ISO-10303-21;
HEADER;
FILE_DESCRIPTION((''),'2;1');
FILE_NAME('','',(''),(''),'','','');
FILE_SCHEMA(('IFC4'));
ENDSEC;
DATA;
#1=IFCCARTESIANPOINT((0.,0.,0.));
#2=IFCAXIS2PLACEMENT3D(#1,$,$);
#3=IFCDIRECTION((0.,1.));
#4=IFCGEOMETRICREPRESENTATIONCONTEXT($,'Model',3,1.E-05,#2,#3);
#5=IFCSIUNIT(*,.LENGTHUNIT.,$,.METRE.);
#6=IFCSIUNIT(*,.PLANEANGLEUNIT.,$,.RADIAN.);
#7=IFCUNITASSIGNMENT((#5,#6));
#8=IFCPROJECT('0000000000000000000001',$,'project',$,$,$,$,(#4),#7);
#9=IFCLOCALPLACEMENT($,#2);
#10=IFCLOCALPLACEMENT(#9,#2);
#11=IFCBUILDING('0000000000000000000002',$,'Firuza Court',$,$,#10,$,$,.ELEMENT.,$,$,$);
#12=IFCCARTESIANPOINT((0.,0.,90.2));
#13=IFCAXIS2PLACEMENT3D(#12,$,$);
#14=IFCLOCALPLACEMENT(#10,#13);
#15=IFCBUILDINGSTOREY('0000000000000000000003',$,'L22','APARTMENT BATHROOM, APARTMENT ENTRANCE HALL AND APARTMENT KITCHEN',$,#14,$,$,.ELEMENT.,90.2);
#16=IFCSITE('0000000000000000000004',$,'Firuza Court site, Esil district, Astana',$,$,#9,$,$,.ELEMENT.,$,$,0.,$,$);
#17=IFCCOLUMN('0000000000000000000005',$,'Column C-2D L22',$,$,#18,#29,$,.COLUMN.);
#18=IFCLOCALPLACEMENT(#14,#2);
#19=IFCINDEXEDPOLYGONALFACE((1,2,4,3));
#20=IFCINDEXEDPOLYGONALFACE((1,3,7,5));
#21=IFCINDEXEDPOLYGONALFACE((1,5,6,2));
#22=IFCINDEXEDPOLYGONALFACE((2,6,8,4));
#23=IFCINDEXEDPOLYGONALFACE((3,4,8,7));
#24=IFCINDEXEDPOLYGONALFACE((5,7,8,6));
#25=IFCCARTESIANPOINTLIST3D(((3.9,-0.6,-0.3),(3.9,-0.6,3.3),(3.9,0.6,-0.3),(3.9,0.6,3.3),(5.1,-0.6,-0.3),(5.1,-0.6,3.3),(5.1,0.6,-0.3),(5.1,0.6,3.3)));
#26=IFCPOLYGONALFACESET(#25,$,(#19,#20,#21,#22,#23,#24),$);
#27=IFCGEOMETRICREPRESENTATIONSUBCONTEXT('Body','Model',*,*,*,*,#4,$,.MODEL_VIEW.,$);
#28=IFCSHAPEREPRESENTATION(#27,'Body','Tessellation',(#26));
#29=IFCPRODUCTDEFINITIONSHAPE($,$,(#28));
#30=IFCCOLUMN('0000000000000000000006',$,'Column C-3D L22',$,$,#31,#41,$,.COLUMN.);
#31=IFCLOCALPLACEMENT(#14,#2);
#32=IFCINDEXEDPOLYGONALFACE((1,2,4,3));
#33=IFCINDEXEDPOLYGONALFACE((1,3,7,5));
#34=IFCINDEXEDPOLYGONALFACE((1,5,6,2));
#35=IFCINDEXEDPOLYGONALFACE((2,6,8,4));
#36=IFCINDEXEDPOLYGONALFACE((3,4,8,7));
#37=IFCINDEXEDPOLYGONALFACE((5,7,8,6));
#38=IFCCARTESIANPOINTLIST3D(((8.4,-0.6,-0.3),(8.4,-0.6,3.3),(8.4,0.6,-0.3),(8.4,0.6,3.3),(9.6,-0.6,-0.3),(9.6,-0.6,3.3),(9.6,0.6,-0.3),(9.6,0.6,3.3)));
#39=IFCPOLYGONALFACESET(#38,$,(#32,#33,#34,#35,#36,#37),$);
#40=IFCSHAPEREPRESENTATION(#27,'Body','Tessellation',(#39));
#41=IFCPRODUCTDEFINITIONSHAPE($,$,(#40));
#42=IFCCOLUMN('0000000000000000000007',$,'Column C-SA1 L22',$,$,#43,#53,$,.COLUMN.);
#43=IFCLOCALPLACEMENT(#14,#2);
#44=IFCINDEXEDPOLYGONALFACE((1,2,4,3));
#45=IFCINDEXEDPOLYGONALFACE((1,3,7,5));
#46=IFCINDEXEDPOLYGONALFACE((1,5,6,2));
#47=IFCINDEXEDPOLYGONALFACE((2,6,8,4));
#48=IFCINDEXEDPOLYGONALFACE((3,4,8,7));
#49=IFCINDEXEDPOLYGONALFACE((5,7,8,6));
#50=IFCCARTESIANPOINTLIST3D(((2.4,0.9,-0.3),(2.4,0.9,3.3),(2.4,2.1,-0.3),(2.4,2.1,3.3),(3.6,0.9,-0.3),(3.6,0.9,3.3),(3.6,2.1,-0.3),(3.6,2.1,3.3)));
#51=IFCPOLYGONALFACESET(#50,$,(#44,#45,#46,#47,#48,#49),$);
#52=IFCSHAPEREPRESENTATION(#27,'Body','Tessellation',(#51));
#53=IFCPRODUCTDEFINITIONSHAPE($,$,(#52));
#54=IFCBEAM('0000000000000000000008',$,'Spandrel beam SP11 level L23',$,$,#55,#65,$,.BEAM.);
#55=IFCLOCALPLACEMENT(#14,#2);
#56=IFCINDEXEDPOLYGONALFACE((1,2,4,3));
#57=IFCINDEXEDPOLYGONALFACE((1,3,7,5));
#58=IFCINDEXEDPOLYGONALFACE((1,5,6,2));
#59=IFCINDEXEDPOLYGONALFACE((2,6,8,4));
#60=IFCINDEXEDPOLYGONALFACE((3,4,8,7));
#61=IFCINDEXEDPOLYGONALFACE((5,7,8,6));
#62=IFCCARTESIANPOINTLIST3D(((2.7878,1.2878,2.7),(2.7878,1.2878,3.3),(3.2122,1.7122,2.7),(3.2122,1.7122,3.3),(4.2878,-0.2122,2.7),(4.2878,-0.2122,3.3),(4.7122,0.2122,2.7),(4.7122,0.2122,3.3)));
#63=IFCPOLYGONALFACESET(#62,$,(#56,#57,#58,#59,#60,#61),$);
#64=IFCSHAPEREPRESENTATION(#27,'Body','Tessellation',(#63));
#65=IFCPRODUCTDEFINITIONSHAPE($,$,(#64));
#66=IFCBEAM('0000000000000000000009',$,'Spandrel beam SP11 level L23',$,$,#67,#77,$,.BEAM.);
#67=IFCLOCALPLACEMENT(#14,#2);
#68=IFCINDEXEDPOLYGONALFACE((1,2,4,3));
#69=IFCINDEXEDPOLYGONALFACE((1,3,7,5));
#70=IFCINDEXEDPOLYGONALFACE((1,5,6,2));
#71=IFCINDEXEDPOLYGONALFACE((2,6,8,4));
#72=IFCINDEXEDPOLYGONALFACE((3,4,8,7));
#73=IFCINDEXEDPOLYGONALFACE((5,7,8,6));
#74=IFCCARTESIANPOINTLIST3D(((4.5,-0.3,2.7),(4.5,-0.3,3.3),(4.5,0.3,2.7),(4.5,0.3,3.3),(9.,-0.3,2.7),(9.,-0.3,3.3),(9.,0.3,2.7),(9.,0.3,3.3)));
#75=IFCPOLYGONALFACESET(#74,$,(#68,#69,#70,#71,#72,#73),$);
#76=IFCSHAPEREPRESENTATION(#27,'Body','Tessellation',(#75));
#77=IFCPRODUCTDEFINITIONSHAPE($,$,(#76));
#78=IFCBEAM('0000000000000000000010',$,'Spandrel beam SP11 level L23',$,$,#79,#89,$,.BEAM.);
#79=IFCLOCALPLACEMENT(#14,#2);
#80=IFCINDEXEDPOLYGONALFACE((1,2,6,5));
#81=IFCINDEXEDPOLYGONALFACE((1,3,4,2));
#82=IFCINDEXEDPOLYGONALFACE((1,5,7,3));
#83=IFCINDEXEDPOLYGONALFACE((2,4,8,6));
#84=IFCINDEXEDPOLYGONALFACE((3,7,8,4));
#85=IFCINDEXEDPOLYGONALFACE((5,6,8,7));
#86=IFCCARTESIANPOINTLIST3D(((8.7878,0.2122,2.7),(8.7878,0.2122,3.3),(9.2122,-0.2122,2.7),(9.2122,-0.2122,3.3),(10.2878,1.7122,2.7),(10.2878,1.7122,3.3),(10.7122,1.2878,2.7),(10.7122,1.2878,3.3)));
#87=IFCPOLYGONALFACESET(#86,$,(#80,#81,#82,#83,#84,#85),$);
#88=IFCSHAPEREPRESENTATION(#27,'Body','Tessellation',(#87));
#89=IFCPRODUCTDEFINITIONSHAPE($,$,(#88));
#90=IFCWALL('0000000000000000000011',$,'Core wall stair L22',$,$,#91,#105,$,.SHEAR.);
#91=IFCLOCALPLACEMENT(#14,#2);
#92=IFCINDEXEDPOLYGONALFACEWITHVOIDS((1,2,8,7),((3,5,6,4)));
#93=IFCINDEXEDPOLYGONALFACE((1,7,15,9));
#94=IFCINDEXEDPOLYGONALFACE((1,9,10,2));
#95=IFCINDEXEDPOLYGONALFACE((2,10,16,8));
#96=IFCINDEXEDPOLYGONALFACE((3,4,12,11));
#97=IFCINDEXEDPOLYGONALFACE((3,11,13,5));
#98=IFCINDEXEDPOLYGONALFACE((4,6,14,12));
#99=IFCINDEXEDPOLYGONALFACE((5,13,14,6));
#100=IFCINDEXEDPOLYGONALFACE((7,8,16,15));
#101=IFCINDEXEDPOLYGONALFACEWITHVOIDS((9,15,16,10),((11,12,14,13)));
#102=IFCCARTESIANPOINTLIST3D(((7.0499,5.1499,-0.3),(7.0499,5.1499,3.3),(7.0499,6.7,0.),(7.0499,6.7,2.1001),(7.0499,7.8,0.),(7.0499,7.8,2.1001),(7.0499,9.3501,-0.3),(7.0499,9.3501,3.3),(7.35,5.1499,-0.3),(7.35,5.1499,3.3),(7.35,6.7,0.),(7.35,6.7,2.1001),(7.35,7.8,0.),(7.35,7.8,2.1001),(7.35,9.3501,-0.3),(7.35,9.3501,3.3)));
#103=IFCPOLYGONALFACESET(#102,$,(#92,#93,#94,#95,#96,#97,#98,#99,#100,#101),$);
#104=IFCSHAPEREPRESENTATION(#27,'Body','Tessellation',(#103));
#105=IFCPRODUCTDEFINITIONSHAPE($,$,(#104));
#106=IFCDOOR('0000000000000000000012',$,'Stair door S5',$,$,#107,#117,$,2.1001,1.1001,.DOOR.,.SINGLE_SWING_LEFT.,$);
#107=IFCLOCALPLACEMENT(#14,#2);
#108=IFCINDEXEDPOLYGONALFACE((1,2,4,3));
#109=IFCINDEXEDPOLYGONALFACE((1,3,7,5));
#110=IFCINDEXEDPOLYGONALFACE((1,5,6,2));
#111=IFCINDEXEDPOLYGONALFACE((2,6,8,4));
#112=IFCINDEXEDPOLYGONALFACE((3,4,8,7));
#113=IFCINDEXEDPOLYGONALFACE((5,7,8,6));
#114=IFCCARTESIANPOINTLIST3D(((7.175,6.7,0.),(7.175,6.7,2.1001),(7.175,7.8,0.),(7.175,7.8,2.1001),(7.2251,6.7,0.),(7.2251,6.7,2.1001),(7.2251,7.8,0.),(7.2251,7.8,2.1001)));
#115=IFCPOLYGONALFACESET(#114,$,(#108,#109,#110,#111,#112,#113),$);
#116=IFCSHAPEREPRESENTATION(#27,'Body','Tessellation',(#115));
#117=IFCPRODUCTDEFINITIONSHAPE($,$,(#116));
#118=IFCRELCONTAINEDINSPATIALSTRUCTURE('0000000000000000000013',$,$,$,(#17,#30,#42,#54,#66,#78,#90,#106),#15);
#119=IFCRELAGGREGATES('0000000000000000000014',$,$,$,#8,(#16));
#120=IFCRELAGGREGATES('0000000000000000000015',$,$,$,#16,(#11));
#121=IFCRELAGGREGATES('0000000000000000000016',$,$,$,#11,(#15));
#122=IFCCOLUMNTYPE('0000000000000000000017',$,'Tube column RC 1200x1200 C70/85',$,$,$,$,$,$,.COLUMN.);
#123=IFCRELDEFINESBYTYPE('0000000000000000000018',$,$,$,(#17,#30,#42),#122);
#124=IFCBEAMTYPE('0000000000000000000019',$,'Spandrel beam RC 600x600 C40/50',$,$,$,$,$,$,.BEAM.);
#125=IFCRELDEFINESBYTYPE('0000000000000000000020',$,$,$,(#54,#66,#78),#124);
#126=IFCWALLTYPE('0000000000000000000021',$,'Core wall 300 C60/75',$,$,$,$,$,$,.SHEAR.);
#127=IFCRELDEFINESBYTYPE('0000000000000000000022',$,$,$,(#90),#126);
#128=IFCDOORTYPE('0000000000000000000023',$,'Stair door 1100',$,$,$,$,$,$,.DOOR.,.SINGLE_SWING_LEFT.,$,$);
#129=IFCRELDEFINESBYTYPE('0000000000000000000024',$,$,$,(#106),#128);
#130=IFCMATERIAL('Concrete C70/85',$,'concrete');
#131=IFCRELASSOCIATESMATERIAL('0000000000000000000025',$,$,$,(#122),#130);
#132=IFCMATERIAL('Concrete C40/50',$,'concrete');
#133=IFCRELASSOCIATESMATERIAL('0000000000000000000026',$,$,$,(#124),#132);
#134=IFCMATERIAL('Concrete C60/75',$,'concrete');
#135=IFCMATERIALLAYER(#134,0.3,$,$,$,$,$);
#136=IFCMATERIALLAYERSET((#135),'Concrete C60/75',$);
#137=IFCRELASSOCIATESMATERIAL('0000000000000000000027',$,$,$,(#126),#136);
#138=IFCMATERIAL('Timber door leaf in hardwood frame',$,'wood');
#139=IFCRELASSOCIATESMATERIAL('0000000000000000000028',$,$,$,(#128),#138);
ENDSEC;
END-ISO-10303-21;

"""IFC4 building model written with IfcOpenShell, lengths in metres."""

from ifc_helpers import new_model, si_unit, direction, frame, frame_2d, origin, origin_2d, place, context, subcontext, project, spatial, rectangle, extrude, material, layer, layer_set, material_profile, profile_set, type_object, element, fill, save


model = new_model("IFC4")

# Units and contexts
model_context = context("Model", 3, precision=1e-05, world=origin(), true_north=direction((0.0, 1.0)))
body_context = subcontext(model_context, "Body", "Model", "MODEL_VIEW")
ifc_project = project(units=[si_unit("LENGTHUNIT", "METRE"), si_unit("PLANEANGLEUNIT", "RADIAN")], contexts=[model_context])

# Site, building, storey
site_placement = place(None, origin())
site = spatial("IfcSite", under=ifc_project, at=site_placement, Name="Firuza Court site, Esil district, Astana", CompositionType="ELEMENT", RefElevation=0.0)
building_placement = place(site_placement, origin())
building = spatial("IfcBuilding", under=site, at=building_placement, Name="Firuza Court", CompositionType="ELEMENT")
storey_placement = place(building_placement, frame((0.0, 0.0, 90.2)))
storey = spatial("IfcBuildingStorey", under=building, at=storey_placement, Name="L22", Description="APARTMENT BATHROOM, APARTMENT ENTRANCE HALL AND APARTMENT KITCHEN", CompositionType="ELEMENT", Elevation=90.2)

# Columns
ifc_material_1 = material(Name="Concrete C70/85", Category="concrete")
ifc_material_profile_1 = material_profile(ifc_material_1, rectangle(XDim=1.2, YDim=1.2, at=origin_2d()), Name="RC 1200x1200")
ifc_profile_set_1 = profile_set([ifc_material_profile_1], Name="Concrete C70/85")
column_type = type_object("IfcColumnType", Name="Tube column RC 1200x1200 C70/85", PredefinedType="COLUMN", material=ifc_profile_set_1)
for number, where, z_axis, x_axis, name in (
    (1, (4.5, 0.0, -0.3), (0.0, 0.0, 1.0), (1.0, 0.0, 0.0), "Column C-2D L22"),
    (2, (9.0, 0.0, -0.3), (0.0, 0.0, 1.0), (1.0, 0.0, 0.0), "Column C-3D L22"),
    (3, (3.0, 1.5, -0.3), (0.0, 0.0, 1.0), (1.0, 0.0, 0.0), "Column C-SA1 L22"),
):
    element("IfcColumn", number, at=place(storey_placement, frame(where, z_axis=z_axis, x_axis=x_axis)), inside=storey, type_object=column_type, Name=name, PredefinedType="COLUMN", context=body_context, shape_type="SweptSolid", body=[
        extrude(rectangle(XDim=1.2, YDim=1.2, at=origin_2d()), origin(), (0.0, 0.0, 1.0), 3.6001),
    ])

# Beams
ifc_material_2 = material(Name="Concrete C40/50", Category="concrete")
ifc_material_profile_2 = material_profile(ifc_material_2, rectangle(XDim=0.6001, YDim=0.6001, at=origin_2d()), Name="RC 600x600")
ifc_profile_set_2 = profile_set([ifc_material_profile_2], Name="Concrete C40/50")
beam_type = type_object("IfcBeamType", Name="Spandrel beam RC 600x600 C40/50", PredefinedType="BEAM", material=ifc_profile_set_2)
beam_1_placement = place(storey_placement, frame((3.0, 1.5, 3.0), z_axis=(0.707107, -0.707107, 0.0), x_axis=(0.707107, 0.707107, 0.0)))
element("IfcBeam", 4, at=beam_1_placement, inside=storey, type_object=beam_type, Name="Spandrel beam SP11 level L23", PredefinedType="BEAM", context=body_context, shape_type="SweptSolid", body=[
    extrude(rectangle(XDim=0.6001, YDim=0.6001, at=origin_2d()), origin(), (0.0, 0.0, 1.0), 2.1213),
])
beam_2_placement = place(storey_placement, frame((4.5, 0.0, 3.0), z_axis=(1.0, 0.0, 0.0), x_axis=(0.0, 1.0, 0.0)))
element("IfcBeam", 5, at=beam_2_placement, inside=storey, type_object=beam_type, Name="Spandrel beam SP11 level L23", PredefinedType="BEAM", context=body_context, shape_type="SweptSolid", body=[
    extrude(rectangle(XDim=0.6001, YDim=0.6001, at=origin_2d()), origin(), (0.0, 0.0, 1.0), 4.5),
])
beam_3_placement = place(storey_placement, frame((9.0, 0.0, 3.0), z_axis=(0.707107, 0.707107, 0.0), x_axis=(-0.707107, 0.707107, 0.0)))
element("IfcBeam", 6, at=beam_3_placement, inside=storey, type_object=beam_type, Name="Spandrel beam SP11 level L23", PredefinedType="BEAM", context=body_context, shape_type="SweptSolid", body=[
    extrude(rectangle(XDim=0.6001, YDim=0.6001, at=origin_2d()), origin(), (0.0, 0.0, 1.0), 2.1213),
])

# Wall, opening, door
ifc_material_3 = material(Name="Concrete C60/75", Category="concrete")
ifc_layer_1 = layer(ifc_material_3, 0.3)
ifc_layer_set_1 = layer_set([ifc_layer_1], Name="Concrete C60/75")
wall_type_1 = type_object("IfcWallType", Name="Core wall 300 C60/75", PredefinedType="SHEAR", material=ifc_layer_set_1)
wall_1_placement = place(storey_placement, frame((7.2, 5.1499, -0.3), z_axis=(0.0, 0.0, 1.0), x_axis=(0.0, 1.0, 0.0)))
wall_1 = element("IfcWall", 7, at=wall_1_placement, inside=storey, type_object=wall_type_1, Name="Core wall stair L22", PredefinedType="SHEAR", context=body_context, shape_type="SweptSolid", body=[
    extrude(rectangle(XDim=4.2002, YDim=0.3, at=frame_2d((2.1001, 0.0))), origin(), (0.0, 0.0, 1.0), 3.6001),
])
opening_1_placement = place(wall_1_placement, frame((1.55, 0.0, 0.3)))
opening_1 = element("IfcOpeningElement", 8, at=opening_1_placement, cuts=wall_1, PredefinedType="OPENING", context=body_context, shape_type="SweptSolid", body=[
    extrude(rectangle(XDim=1.1001, YDim=2.1001, at=frame_2d((0.55, 1.05))), frame((0.0, 0.1621, 0.0), z_axis=(0.0, -1.0, 0.0), x_axis=(1.0, 0.0, 0.0)), (0.0, 0.0, 1.0), 0.324),
])
ifc_material_4 = material(Name="Timber door leaf in hardwood frame", Category="wood")
door_type_1 = type_object("IfcDoorType", Name="Stair door 1100", OperationType="SINGLE_SWING_LEFT", PredefinedType="DOOR", material=ifc_material_4)
door_1_placement = place(opening_1_placement, origin())
door_1 = element("IfcDoor", 9, at=door_1_placement, inside=storey, type_object=door_type_1, Name="Stair door S5", OperationType="SINGLE_SWING_LEFT", OverallHeight=2.1001, OverallWidth=1.1001, PredefinedType="DOOR", context=body_context, shape_type="SweptSolid", body=[
    extrude(rectangle(XDim=1.1001, YDim=2.1001, at=frame_2d((0.55, 1.05))), frame((0.0, 0.0249, 0.0), z_axis=(0.0, -1.0, 0.0), x_axis=(1.0, 0.0, 0.0)), (0.0, 0.0, 1.0), 0.05),
])
fill(opening_1, door_1)

save(model, "model.ifc")
